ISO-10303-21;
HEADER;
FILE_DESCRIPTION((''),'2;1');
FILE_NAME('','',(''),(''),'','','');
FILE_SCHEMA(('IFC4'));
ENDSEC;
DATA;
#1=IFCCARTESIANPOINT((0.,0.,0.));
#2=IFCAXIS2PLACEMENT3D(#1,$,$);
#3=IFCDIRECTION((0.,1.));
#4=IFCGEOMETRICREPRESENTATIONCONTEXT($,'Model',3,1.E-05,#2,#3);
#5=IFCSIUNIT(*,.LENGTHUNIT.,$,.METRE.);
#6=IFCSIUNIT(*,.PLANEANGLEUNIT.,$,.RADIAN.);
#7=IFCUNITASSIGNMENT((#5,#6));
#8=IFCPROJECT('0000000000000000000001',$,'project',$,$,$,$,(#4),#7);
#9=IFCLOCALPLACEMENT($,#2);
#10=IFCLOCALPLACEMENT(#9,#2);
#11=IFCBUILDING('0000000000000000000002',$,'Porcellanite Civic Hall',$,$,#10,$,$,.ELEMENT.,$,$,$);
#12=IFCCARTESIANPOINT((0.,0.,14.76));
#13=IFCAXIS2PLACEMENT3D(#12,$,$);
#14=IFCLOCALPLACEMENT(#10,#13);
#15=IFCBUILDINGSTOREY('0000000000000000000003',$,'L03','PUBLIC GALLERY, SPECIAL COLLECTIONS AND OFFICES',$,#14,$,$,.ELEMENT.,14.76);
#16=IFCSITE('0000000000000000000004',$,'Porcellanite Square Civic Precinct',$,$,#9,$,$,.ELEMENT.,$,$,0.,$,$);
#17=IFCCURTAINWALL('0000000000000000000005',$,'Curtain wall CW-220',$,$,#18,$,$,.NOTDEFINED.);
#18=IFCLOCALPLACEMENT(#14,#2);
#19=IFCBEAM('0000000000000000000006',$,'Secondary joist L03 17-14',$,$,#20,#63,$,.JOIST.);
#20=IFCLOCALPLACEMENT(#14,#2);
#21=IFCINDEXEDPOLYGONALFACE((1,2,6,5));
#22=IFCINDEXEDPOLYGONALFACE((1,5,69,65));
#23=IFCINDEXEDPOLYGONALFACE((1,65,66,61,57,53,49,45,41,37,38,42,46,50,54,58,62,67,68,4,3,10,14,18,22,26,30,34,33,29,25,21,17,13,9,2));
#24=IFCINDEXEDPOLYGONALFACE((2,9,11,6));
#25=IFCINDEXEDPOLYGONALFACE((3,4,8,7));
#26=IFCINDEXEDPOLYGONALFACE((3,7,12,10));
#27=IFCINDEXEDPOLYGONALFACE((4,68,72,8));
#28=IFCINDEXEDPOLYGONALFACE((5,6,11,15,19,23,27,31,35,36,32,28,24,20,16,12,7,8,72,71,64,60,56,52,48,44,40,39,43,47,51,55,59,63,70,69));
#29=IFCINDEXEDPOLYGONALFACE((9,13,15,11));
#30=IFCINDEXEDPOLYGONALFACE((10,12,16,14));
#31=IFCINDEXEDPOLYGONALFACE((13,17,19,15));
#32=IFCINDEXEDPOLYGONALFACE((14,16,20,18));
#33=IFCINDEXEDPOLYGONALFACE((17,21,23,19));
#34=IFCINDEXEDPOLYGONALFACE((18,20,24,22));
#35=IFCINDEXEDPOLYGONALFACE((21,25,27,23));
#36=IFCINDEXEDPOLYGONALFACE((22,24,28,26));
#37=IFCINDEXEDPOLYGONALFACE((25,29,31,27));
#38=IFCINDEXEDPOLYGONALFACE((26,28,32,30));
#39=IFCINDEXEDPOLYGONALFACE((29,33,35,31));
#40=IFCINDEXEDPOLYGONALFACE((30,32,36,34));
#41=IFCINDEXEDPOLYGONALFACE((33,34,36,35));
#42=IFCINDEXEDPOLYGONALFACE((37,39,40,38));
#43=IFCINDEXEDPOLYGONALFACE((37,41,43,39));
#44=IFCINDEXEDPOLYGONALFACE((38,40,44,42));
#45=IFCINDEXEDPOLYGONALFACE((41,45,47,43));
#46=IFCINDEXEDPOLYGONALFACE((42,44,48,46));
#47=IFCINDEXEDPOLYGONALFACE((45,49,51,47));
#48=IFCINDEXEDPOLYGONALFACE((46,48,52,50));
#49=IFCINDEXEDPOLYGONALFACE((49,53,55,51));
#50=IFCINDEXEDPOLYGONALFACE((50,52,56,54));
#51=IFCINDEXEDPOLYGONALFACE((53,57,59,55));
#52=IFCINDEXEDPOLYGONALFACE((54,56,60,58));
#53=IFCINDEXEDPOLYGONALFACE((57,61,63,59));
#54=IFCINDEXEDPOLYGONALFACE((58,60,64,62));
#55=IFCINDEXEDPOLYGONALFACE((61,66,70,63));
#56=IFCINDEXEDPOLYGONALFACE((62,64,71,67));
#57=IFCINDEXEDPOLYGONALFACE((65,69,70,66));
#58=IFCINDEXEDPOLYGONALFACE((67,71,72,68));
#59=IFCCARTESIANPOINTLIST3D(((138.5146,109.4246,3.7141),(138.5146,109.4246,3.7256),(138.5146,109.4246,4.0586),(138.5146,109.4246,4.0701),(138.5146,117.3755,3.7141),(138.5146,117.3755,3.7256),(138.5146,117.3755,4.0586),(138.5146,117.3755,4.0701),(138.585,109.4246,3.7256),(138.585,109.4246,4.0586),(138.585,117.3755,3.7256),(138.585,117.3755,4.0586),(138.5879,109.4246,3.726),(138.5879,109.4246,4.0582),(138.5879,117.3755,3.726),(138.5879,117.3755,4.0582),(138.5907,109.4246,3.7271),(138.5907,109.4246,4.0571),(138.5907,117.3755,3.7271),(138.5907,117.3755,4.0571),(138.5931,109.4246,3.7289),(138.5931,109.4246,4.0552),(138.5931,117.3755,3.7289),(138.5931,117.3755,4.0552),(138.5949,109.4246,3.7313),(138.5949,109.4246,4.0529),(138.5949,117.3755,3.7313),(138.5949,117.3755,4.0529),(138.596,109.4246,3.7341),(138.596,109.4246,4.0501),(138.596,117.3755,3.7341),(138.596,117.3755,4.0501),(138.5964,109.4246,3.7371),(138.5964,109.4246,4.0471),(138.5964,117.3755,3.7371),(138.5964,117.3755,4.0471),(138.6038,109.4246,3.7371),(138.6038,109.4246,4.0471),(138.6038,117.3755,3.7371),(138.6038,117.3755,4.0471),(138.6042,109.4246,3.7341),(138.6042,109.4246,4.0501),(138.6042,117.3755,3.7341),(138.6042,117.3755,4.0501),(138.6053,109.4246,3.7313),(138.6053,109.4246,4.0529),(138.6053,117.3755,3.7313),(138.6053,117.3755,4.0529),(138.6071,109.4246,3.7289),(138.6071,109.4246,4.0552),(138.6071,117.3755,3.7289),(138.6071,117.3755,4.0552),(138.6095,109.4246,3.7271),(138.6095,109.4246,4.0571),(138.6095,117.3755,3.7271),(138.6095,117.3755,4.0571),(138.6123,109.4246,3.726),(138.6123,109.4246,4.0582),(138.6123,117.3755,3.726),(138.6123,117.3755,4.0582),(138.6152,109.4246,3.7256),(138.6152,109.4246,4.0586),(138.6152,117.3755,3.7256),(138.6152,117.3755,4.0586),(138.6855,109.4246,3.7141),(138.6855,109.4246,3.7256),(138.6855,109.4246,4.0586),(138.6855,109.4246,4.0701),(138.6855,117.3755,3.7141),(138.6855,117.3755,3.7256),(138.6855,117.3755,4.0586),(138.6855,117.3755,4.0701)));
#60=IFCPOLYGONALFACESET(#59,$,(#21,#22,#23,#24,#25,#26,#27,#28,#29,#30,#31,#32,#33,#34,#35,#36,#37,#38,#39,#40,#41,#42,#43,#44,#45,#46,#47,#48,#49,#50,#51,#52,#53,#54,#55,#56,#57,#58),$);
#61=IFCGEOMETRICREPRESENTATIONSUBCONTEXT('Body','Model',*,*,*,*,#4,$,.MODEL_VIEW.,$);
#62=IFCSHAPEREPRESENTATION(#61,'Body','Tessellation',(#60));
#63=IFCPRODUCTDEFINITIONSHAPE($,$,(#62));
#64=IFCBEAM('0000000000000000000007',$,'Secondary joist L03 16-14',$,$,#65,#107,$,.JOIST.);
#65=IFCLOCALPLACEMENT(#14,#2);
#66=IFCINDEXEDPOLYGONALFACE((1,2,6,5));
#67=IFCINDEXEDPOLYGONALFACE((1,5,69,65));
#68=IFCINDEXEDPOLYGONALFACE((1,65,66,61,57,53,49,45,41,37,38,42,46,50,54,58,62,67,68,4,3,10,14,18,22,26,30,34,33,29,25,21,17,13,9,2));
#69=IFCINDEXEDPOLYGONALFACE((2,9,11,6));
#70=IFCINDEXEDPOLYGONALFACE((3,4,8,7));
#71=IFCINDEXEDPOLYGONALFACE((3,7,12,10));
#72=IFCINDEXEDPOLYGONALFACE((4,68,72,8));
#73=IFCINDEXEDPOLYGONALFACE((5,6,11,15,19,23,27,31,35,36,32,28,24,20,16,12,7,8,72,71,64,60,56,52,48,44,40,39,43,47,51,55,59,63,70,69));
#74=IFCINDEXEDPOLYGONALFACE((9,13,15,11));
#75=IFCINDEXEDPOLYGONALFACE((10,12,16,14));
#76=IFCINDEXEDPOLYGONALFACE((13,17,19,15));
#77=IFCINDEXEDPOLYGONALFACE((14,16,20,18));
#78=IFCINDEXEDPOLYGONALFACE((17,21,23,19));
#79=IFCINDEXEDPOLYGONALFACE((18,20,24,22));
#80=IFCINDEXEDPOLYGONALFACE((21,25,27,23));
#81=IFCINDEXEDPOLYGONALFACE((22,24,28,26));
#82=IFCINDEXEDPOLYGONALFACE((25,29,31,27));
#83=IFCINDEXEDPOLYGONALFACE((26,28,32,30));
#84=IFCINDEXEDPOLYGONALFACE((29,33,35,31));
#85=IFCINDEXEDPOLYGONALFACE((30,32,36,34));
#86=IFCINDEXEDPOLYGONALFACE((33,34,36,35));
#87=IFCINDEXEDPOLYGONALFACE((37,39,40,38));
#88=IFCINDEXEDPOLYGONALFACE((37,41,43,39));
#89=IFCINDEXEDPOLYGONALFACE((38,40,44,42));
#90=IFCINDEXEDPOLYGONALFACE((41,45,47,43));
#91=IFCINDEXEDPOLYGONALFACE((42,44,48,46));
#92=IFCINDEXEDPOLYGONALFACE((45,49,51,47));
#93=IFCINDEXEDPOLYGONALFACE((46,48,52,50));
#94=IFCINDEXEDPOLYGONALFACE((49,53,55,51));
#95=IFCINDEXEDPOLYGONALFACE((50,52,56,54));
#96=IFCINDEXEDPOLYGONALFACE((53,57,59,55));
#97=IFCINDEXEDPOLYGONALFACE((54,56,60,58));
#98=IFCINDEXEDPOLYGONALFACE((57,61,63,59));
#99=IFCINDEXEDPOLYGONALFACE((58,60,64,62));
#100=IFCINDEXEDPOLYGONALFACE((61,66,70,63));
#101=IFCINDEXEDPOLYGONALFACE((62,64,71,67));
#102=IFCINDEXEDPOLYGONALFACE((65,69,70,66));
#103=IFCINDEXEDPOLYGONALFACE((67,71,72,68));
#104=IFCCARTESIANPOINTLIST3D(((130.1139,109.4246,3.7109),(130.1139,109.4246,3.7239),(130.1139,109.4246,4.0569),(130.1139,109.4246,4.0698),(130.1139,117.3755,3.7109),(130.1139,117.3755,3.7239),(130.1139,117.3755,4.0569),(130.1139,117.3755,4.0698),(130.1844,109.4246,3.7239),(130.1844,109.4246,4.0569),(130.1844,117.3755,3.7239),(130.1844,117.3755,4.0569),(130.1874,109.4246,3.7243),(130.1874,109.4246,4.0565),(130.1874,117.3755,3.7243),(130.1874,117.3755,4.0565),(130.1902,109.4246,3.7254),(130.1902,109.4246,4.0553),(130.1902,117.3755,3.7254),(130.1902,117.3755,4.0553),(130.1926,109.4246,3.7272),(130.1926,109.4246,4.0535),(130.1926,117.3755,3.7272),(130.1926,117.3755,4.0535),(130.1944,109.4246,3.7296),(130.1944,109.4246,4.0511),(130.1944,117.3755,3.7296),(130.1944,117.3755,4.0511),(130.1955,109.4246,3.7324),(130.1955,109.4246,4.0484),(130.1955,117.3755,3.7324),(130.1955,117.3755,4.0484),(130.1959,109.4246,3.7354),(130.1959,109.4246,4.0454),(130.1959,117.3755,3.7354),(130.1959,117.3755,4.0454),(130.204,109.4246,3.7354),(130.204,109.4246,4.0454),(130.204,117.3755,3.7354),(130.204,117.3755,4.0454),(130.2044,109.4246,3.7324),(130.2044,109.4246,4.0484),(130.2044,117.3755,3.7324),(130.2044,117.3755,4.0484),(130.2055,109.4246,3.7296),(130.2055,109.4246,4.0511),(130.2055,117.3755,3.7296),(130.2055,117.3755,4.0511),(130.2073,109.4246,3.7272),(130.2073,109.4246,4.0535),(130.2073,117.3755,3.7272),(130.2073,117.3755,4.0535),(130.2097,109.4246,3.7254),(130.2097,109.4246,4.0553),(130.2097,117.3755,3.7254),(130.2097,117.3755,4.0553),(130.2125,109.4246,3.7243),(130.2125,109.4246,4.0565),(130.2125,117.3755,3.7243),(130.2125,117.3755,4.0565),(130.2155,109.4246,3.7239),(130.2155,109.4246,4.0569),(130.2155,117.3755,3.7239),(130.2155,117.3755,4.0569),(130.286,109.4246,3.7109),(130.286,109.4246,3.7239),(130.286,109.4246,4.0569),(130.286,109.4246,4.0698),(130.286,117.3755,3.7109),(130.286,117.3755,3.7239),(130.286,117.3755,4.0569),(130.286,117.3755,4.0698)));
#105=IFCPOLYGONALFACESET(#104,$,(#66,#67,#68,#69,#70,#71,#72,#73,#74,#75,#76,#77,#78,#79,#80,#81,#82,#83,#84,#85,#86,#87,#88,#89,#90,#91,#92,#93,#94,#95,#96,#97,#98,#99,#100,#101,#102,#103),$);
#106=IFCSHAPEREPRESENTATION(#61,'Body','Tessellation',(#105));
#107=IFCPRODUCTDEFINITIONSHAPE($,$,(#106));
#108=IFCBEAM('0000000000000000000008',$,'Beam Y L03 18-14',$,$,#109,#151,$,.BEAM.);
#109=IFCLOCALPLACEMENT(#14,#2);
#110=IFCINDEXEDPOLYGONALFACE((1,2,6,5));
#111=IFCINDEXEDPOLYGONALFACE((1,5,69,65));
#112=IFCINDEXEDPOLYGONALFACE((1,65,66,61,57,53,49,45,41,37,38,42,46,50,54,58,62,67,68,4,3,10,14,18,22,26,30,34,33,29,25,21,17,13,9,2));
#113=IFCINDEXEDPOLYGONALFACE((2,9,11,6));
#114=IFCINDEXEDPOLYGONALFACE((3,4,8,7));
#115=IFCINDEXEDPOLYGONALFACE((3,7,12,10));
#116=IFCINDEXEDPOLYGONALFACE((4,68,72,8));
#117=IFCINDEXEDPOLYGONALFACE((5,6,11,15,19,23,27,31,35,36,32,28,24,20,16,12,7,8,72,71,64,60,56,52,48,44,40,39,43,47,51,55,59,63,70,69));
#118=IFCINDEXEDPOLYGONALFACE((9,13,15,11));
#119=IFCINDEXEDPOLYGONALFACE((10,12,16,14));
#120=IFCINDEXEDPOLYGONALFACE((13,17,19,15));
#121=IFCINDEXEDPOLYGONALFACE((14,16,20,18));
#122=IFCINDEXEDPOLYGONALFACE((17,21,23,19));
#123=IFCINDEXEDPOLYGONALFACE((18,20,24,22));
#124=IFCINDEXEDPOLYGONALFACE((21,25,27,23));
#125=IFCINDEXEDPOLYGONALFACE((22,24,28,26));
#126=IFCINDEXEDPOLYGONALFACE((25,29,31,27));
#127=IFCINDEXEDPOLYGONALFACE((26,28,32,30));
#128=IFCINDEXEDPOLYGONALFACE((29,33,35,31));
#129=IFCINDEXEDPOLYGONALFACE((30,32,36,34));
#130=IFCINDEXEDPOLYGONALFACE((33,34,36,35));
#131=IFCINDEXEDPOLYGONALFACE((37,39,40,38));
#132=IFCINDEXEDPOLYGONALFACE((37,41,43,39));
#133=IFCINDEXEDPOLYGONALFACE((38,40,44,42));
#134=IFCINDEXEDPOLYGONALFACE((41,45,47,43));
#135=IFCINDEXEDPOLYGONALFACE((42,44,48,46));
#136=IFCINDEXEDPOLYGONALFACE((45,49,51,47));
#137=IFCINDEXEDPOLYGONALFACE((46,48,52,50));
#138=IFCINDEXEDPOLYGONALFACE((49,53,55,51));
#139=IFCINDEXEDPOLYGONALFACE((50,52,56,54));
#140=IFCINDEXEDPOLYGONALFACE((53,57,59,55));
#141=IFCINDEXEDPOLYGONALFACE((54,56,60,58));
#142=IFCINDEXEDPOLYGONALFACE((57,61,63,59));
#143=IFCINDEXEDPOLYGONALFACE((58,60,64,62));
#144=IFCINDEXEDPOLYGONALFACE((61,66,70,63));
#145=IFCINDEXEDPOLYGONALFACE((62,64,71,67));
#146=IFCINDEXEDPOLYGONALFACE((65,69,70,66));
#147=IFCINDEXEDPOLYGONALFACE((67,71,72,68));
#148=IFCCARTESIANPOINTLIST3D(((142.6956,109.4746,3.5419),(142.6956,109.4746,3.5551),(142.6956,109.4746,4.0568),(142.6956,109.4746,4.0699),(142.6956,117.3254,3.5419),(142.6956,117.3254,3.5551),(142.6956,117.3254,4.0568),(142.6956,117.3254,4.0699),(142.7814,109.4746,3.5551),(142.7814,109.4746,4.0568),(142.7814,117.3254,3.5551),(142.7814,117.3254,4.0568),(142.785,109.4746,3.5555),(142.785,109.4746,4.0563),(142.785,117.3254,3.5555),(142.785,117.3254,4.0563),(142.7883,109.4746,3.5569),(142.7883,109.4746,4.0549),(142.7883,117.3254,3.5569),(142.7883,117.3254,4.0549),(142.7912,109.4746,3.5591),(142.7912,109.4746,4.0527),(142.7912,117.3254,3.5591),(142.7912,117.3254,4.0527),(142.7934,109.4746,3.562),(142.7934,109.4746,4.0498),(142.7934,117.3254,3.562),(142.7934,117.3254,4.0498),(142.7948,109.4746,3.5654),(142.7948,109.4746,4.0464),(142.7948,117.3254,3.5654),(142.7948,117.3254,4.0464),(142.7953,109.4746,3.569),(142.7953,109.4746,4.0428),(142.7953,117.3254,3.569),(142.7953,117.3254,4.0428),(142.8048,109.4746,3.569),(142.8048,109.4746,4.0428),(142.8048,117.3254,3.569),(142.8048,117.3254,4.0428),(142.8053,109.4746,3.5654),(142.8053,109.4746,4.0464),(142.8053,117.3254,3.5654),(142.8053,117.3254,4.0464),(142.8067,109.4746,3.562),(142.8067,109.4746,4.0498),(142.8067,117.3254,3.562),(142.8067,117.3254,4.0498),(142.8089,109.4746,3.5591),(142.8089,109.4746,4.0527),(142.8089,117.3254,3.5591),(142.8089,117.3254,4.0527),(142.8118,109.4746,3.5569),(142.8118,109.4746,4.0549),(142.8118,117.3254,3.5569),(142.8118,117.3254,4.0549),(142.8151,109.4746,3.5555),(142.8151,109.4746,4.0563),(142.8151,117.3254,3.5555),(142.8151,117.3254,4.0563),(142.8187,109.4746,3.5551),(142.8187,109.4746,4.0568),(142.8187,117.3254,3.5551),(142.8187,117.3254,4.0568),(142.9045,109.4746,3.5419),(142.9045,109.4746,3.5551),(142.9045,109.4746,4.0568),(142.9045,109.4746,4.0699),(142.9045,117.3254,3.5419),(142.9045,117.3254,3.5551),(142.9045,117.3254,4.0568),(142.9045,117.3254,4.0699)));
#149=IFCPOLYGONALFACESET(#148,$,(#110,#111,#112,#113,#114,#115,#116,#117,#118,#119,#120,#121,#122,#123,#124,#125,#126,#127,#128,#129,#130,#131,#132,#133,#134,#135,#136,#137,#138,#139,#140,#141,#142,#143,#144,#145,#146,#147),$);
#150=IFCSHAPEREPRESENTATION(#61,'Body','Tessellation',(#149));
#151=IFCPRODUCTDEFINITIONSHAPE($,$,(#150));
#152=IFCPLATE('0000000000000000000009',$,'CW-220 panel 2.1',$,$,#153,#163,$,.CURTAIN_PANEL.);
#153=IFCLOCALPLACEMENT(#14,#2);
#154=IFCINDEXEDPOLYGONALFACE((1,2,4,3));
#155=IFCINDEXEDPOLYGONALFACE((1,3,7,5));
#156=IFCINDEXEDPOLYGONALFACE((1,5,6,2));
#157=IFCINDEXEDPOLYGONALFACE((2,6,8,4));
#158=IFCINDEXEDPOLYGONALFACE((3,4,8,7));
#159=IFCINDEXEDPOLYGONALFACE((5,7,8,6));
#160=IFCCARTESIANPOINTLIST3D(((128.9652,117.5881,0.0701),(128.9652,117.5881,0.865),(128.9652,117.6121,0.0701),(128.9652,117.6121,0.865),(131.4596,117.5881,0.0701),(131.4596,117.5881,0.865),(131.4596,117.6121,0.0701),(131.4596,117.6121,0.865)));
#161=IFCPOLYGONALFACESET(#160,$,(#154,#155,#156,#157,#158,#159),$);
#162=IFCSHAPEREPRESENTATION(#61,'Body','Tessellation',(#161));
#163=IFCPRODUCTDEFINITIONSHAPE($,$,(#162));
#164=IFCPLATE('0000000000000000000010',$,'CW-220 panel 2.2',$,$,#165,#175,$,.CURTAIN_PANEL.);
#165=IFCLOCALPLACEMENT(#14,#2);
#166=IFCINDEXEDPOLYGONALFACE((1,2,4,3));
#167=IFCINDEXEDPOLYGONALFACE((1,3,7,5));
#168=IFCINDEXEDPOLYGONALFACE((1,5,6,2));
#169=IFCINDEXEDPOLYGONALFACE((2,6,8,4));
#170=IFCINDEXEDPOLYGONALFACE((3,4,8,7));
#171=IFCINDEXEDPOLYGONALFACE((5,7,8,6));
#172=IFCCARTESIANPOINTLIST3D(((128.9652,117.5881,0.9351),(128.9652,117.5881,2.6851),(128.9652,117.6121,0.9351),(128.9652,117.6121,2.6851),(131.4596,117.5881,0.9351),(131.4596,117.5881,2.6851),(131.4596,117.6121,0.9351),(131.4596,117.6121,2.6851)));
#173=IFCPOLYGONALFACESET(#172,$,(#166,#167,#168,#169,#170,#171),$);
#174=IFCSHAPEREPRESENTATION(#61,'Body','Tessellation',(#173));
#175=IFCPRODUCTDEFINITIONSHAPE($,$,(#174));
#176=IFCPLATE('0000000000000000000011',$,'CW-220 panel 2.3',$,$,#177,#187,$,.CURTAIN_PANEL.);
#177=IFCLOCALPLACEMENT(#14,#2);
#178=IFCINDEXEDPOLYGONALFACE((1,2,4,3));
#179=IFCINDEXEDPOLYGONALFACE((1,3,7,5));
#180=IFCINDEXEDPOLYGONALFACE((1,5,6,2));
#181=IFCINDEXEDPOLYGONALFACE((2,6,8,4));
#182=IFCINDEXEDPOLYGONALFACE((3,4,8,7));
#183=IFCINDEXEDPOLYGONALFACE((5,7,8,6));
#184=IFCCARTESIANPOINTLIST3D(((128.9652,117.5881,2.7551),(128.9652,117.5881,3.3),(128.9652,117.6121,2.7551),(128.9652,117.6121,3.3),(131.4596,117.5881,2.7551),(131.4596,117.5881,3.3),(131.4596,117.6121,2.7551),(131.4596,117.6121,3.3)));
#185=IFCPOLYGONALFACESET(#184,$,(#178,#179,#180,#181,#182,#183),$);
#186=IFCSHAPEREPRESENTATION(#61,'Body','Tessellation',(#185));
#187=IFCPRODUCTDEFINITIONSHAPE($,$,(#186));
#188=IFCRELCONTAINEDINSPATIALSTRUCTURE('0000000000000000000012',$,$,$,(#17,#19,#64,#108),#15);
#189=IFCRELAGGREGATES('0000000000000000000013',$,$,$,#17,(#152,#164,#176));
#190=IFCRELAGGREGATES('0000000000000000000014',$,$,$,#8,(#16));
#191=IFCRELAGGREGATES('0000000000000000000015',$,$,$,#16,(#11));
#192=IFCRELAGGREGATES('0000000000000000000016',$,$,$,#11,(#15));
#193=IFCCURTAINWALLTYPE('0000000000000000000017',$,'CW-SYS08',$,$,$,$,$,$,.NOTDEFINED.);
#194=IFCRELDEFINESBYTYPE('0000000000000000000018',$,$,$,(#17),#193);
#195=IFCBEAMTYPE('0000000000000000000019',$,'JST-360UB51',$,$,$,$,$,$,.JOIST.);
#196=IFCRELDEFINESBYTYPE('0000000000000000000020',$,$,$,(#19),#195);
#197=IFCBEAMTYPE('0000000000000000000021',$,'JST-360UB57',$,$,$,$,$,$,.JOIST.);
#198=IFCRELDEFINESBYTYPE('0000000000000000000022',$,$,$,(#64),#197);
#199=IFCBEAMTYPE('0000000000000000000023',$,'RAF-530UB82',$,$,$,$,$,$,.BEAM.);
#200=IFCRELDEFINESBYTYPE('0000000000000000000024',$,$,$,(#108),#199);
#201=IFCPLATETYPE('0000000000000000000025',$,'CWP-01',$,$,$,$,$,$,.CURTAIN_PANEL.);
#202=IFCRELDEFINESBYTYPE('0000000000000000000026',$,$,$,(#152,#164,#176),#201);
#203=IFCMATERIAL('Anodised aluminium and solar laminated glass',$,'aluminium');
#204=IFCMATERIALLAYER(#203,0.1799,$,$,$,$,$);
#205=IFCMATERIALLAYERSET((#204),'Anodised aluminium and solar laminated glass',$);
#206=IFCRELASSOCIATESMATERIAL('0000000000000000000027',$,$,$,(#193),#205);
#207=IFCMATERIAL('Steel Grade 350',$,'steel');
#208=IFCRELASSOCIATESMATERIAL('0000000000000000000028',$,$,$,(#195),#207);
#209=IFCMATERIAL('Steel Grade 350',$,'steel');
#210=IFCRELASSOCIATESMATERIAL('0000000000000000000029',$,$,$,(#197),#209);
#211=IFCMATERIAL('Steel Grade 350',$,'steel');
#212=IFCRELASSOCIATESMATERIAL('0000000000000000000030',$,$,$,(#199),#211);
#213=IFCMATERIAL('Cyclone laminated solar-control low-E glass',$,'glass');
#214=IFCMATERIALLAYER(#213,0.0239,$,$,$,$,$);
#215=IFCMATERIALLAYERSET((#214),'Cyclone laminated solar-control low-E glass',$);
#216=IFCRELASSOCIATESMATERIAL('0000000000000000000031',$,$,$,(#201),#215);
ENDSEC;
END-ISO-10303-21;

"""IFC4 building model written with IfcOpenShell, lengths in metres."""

from ifc_helpers import new_model, si_unit, direction, frame, origin, origin_2d, place, context, subcontext, project, spatial, rectangle, i_section, extrude, material, layer, layer_set, material_profile, profile_set, type_object, element, aggregate, save


model = new_model("IFC4")

# Units and contexts
model_context = context("Model", 3, precision=1e-05, world=origin(), true_north=direction((0.0, 1.0)))
body_context = subcontext(model_context, "Body", "Model", "MODEL_VIEW")
ifc_project = project(units=[si_unit("LENGTHUNIT", "METRE"), si_unit("PLANEANGLEUNIT", "RADIAN")], contexts=[model_context])

# Site, building, storey
site_placement = place(None, origin())
site = spatial("IfcSite", under=ifc_project, at=site_placement, Name="Porcellanite Square Civic Precinct", CompositionType="ELEMENT", RefElevation=0.0)
building_placement = place(site_placement, origin())
building = spatial("IfcBuilding", under=site, at=building_placement, Name="Porcellanite Civic Hall", CompositionType="ELEMENT")
storey_placement = place(building_placement, frame((0.0, 0.0, 14.76)))
storey = spatial("IfcBuildingStorey", under=building, at=storey_placement, Name="L03", Description="PUBLIC GALLERY, SPECIAL COLLECTIONS AND OFFICES", CompositionType="ELEMENT", Elevation=14.76)

# Curtain wall
ifc_material_1 = material(Name="Anodised aluminium and solar laminated glass", Category="aluminium")
ifc_layer_1 = layer(ifc_material_1, 0.1799)
ifc_layer_set_1 = layer_set([ifc_layer_1], Name="Anodised aluminium and solar laminated glass")
curtain_wall_type = type_object("IfcCurtainWallType", Name="CW-SYS08", PredefinedType="NOTDEFINED", material=ifc_layer_set_1)
curtain_wall_placement = place(storey_placement, origin())
curtain_wall = element("IfcCurtainWall", 1, at=curtain_wall_placement, inside=storey, type_object=curtain_wall_type, Name="Curtain wall CW-220", PredefinedType="NOTDEFINED")

# Beams
ifc_material_2 = material(Name="Steel Grade 350", Category="steel")
ifc_material_profile_1 = material_profile(ifc_material_2, i_section(OverallWidth=0.1709, OverallDepth=0.356, WebThickness=0.0073, FlangeThickness=0.0115, FilletRadius=0.0115, at=origin_2d()), Name="360UB50.7")
ifc_profile_set_1 = profile_set([ifc_material_profile_1], Name="Steel Grade 350")
beam_type_1 = type_object("IfcBeamType", Name="JST-360UB51", PredefinedType="JOIST", material=ifc_profile_set_1)
beam_1_placement = place(storey_placement, frame((138.6001, 109.4246, 3.8921), z_axis=(0.0, 1.0, 0.0), x_axis=(-1.0, 0.0, 0.0)))
element("IfcBeam", 2, at=beam_1_placement, inside=storey, type_object=beam_type_1, Name="Secondary joist L03 17-14", PredefinedType="JOIST", context=body_context, shape_type="SweptSolid", body=[
    extrude(i_section(OverallWidth=0.1709, OverallDepth=0.356, WebThickness=0.0073, FlangeThickness=0.0115, FilletRadius=0.0115, at=origin_2d()), origin(), (0.0, 0.0, 1.0), 7.9509),
])
ifc_material_3 = material(Name="Steel Grade 350", Category="steel")
ifc_material_profile_2 = material_profile(ifc_material_3, i_section(OverallWidth=0.1721, OverallDepth=0.3589, WebThickness=0.0081, FlangeThickness=0.0129, FilletRadius=0.0115, at=origin_2d()), Name="360UB56.7")
ifc_profile_set_2 = profile_set([ifc_material_profile_2], Name="Steel Grade 350")
beam_type_2 = type_object("IfcBeamType", Name="JST-360UB57", PredefinedType="JOIST", material=ifc_profile_set_2)
beam_2_placement = place(storey_placement, frame((130.2, 109.4246, 3.8904), z_axis=(0.0, 1.0, 0.0), x_axis=(-1.0, 0.0, 0.0)))
element("IfcBeam", 3, at=beam_2_placement, inside=storey, type_object=beam_type_2, Name="Secondary joist L03 16-14", PredefinedType="JOIST", context=body_context, shape_type="SweptSolid", body=[
    extrude(i_section(OverallWidth=0.1721, OverallDepth=0.3589, WebThickness=0.0081, FlangeThickness=0.0129, FilletRadius=0.0115, at=origin_2d()), origin(), (0.0, 0.0, 1.0), 7.9509),
])
ifc_material_4 = material(Name="Steel Grade 350", Category="steel")
ifc_material_profile_3 = material_profile(ifc_material_4, i_section(OverallWidth=0.209, OverallDepth=0.5281, WebThickness=0.0095, FlangeThickness=0.0132, FilletRadius=0.0139, at=origin_2d()), Name="530UB82.0")
ifc_profile_set_3 = profile_set([ifc_material_profile_3], Name="Steel Grade 350")
beam_type_3 = type_object("IfcBeamType", Name="RAF-530UB82", PredefinedType="BEAM", material=ifc_profile_set_3)
beam_3_placement = place(storey_placement, frame((142.8, 109.4746, 3.8059), z_axis=(0.0, 1.0, 0.0), x_axis=(-1.0, 0.0, 0.0)))
element("IfcBeam", 4, at=beam_3_placement, inside=storey, type_object=beam_type_3, Name="Beam Y L03 18-14", PredefinedType="BEAM", context=body_context, shape_type="SweptSolid", body=[
    extrude(i_section(OverallWidth=0.209, OverallDepth=0.5281, WebThickness=0.0095, FlangeThickness=0.0132, FilletRadius=0.0139, at=origin_2d()), origin(), (0.0, 0.0, 1.0), 7.8508),
])

# Plates
ifc_material_5 = material(Name="Cyclone laminated solar-control low-E glass", Category="glass")
ifc_layer_2 = layer(ifc_material_5, 0.0239)
ifc_layer_set_2 = layer_set([ifc_layer_2], Name="Cyclone laminated solar-control low-E glass")
plate_type = type_object("IfcPlateType", Name="CWP-01", PredefinedType="CURTAIN_PANEL", material=ifc_layer_set_2)
plate_1_placement = place(storey_placement, frame((130.2124, 117.6001, 0.0701), z_axis=(0.0, 0.0, 1.0), x_axis=(1.0, 0.0, 0.0)))
plate_1 = element("IfcPlate", 5, at=plate_1_placement, type_object=plate_type, Name="CW-220 panel 2.1", PredefinedType="CURTAIN_PANEL", context=body_context, shape_type="SweptSolid", body=[
    extrude(rectangle(XDim=2.4944, YDim=0.0239, at=origin_2d()), origin(), (0.0, 0.0, 1.0), 0.7949),
])
plate_2_placement = place(storey_placement, frame((130.2124, 117.6001, 0.9351), z_axis=(0.0, 0.0, 1.0), x_axis=(1.0, 0.0, 0.0)))
plate_2 = element("IfcPlate", 6, at=plate_2_placement, type_object=plate_type, Name="CW-220 panel 2.2", PredefinedType="CURTAIN_PANEL", context=body_context, shape_type="SweptSolid", body=[
    extrude(rectangle(XDim=2.4944, YDim=0.0239, at=origin_2d()), origin(), (0.0, 0.0, 1.0), 1.75),
])
plate_3_placement = place(storey_placement, frame((130.2124, 117.6001, 2.7551), z_axis=(0.0, 0.0, 1.0), x_axis=(1.0, 0.0, 0.0)))
plate_3 = element("IfcPlate", 7, at=plate_3_placement, type_object=plate_type, Name="CW-220 panel 2.3", PredefinedType="CURTAIN_PANEL", context=body_context, shape_type="SweptSolid", body=[
    extrude(rectangle(XDim=2.4944, YDim=0.0239, at=origin_2d()), origin(), (0.0, 0.0, 1.0), 0.5449),
])
aggregate(curtain_wall, [plate_1, plate_2, plate_3])

save(model, "model.ifc")
